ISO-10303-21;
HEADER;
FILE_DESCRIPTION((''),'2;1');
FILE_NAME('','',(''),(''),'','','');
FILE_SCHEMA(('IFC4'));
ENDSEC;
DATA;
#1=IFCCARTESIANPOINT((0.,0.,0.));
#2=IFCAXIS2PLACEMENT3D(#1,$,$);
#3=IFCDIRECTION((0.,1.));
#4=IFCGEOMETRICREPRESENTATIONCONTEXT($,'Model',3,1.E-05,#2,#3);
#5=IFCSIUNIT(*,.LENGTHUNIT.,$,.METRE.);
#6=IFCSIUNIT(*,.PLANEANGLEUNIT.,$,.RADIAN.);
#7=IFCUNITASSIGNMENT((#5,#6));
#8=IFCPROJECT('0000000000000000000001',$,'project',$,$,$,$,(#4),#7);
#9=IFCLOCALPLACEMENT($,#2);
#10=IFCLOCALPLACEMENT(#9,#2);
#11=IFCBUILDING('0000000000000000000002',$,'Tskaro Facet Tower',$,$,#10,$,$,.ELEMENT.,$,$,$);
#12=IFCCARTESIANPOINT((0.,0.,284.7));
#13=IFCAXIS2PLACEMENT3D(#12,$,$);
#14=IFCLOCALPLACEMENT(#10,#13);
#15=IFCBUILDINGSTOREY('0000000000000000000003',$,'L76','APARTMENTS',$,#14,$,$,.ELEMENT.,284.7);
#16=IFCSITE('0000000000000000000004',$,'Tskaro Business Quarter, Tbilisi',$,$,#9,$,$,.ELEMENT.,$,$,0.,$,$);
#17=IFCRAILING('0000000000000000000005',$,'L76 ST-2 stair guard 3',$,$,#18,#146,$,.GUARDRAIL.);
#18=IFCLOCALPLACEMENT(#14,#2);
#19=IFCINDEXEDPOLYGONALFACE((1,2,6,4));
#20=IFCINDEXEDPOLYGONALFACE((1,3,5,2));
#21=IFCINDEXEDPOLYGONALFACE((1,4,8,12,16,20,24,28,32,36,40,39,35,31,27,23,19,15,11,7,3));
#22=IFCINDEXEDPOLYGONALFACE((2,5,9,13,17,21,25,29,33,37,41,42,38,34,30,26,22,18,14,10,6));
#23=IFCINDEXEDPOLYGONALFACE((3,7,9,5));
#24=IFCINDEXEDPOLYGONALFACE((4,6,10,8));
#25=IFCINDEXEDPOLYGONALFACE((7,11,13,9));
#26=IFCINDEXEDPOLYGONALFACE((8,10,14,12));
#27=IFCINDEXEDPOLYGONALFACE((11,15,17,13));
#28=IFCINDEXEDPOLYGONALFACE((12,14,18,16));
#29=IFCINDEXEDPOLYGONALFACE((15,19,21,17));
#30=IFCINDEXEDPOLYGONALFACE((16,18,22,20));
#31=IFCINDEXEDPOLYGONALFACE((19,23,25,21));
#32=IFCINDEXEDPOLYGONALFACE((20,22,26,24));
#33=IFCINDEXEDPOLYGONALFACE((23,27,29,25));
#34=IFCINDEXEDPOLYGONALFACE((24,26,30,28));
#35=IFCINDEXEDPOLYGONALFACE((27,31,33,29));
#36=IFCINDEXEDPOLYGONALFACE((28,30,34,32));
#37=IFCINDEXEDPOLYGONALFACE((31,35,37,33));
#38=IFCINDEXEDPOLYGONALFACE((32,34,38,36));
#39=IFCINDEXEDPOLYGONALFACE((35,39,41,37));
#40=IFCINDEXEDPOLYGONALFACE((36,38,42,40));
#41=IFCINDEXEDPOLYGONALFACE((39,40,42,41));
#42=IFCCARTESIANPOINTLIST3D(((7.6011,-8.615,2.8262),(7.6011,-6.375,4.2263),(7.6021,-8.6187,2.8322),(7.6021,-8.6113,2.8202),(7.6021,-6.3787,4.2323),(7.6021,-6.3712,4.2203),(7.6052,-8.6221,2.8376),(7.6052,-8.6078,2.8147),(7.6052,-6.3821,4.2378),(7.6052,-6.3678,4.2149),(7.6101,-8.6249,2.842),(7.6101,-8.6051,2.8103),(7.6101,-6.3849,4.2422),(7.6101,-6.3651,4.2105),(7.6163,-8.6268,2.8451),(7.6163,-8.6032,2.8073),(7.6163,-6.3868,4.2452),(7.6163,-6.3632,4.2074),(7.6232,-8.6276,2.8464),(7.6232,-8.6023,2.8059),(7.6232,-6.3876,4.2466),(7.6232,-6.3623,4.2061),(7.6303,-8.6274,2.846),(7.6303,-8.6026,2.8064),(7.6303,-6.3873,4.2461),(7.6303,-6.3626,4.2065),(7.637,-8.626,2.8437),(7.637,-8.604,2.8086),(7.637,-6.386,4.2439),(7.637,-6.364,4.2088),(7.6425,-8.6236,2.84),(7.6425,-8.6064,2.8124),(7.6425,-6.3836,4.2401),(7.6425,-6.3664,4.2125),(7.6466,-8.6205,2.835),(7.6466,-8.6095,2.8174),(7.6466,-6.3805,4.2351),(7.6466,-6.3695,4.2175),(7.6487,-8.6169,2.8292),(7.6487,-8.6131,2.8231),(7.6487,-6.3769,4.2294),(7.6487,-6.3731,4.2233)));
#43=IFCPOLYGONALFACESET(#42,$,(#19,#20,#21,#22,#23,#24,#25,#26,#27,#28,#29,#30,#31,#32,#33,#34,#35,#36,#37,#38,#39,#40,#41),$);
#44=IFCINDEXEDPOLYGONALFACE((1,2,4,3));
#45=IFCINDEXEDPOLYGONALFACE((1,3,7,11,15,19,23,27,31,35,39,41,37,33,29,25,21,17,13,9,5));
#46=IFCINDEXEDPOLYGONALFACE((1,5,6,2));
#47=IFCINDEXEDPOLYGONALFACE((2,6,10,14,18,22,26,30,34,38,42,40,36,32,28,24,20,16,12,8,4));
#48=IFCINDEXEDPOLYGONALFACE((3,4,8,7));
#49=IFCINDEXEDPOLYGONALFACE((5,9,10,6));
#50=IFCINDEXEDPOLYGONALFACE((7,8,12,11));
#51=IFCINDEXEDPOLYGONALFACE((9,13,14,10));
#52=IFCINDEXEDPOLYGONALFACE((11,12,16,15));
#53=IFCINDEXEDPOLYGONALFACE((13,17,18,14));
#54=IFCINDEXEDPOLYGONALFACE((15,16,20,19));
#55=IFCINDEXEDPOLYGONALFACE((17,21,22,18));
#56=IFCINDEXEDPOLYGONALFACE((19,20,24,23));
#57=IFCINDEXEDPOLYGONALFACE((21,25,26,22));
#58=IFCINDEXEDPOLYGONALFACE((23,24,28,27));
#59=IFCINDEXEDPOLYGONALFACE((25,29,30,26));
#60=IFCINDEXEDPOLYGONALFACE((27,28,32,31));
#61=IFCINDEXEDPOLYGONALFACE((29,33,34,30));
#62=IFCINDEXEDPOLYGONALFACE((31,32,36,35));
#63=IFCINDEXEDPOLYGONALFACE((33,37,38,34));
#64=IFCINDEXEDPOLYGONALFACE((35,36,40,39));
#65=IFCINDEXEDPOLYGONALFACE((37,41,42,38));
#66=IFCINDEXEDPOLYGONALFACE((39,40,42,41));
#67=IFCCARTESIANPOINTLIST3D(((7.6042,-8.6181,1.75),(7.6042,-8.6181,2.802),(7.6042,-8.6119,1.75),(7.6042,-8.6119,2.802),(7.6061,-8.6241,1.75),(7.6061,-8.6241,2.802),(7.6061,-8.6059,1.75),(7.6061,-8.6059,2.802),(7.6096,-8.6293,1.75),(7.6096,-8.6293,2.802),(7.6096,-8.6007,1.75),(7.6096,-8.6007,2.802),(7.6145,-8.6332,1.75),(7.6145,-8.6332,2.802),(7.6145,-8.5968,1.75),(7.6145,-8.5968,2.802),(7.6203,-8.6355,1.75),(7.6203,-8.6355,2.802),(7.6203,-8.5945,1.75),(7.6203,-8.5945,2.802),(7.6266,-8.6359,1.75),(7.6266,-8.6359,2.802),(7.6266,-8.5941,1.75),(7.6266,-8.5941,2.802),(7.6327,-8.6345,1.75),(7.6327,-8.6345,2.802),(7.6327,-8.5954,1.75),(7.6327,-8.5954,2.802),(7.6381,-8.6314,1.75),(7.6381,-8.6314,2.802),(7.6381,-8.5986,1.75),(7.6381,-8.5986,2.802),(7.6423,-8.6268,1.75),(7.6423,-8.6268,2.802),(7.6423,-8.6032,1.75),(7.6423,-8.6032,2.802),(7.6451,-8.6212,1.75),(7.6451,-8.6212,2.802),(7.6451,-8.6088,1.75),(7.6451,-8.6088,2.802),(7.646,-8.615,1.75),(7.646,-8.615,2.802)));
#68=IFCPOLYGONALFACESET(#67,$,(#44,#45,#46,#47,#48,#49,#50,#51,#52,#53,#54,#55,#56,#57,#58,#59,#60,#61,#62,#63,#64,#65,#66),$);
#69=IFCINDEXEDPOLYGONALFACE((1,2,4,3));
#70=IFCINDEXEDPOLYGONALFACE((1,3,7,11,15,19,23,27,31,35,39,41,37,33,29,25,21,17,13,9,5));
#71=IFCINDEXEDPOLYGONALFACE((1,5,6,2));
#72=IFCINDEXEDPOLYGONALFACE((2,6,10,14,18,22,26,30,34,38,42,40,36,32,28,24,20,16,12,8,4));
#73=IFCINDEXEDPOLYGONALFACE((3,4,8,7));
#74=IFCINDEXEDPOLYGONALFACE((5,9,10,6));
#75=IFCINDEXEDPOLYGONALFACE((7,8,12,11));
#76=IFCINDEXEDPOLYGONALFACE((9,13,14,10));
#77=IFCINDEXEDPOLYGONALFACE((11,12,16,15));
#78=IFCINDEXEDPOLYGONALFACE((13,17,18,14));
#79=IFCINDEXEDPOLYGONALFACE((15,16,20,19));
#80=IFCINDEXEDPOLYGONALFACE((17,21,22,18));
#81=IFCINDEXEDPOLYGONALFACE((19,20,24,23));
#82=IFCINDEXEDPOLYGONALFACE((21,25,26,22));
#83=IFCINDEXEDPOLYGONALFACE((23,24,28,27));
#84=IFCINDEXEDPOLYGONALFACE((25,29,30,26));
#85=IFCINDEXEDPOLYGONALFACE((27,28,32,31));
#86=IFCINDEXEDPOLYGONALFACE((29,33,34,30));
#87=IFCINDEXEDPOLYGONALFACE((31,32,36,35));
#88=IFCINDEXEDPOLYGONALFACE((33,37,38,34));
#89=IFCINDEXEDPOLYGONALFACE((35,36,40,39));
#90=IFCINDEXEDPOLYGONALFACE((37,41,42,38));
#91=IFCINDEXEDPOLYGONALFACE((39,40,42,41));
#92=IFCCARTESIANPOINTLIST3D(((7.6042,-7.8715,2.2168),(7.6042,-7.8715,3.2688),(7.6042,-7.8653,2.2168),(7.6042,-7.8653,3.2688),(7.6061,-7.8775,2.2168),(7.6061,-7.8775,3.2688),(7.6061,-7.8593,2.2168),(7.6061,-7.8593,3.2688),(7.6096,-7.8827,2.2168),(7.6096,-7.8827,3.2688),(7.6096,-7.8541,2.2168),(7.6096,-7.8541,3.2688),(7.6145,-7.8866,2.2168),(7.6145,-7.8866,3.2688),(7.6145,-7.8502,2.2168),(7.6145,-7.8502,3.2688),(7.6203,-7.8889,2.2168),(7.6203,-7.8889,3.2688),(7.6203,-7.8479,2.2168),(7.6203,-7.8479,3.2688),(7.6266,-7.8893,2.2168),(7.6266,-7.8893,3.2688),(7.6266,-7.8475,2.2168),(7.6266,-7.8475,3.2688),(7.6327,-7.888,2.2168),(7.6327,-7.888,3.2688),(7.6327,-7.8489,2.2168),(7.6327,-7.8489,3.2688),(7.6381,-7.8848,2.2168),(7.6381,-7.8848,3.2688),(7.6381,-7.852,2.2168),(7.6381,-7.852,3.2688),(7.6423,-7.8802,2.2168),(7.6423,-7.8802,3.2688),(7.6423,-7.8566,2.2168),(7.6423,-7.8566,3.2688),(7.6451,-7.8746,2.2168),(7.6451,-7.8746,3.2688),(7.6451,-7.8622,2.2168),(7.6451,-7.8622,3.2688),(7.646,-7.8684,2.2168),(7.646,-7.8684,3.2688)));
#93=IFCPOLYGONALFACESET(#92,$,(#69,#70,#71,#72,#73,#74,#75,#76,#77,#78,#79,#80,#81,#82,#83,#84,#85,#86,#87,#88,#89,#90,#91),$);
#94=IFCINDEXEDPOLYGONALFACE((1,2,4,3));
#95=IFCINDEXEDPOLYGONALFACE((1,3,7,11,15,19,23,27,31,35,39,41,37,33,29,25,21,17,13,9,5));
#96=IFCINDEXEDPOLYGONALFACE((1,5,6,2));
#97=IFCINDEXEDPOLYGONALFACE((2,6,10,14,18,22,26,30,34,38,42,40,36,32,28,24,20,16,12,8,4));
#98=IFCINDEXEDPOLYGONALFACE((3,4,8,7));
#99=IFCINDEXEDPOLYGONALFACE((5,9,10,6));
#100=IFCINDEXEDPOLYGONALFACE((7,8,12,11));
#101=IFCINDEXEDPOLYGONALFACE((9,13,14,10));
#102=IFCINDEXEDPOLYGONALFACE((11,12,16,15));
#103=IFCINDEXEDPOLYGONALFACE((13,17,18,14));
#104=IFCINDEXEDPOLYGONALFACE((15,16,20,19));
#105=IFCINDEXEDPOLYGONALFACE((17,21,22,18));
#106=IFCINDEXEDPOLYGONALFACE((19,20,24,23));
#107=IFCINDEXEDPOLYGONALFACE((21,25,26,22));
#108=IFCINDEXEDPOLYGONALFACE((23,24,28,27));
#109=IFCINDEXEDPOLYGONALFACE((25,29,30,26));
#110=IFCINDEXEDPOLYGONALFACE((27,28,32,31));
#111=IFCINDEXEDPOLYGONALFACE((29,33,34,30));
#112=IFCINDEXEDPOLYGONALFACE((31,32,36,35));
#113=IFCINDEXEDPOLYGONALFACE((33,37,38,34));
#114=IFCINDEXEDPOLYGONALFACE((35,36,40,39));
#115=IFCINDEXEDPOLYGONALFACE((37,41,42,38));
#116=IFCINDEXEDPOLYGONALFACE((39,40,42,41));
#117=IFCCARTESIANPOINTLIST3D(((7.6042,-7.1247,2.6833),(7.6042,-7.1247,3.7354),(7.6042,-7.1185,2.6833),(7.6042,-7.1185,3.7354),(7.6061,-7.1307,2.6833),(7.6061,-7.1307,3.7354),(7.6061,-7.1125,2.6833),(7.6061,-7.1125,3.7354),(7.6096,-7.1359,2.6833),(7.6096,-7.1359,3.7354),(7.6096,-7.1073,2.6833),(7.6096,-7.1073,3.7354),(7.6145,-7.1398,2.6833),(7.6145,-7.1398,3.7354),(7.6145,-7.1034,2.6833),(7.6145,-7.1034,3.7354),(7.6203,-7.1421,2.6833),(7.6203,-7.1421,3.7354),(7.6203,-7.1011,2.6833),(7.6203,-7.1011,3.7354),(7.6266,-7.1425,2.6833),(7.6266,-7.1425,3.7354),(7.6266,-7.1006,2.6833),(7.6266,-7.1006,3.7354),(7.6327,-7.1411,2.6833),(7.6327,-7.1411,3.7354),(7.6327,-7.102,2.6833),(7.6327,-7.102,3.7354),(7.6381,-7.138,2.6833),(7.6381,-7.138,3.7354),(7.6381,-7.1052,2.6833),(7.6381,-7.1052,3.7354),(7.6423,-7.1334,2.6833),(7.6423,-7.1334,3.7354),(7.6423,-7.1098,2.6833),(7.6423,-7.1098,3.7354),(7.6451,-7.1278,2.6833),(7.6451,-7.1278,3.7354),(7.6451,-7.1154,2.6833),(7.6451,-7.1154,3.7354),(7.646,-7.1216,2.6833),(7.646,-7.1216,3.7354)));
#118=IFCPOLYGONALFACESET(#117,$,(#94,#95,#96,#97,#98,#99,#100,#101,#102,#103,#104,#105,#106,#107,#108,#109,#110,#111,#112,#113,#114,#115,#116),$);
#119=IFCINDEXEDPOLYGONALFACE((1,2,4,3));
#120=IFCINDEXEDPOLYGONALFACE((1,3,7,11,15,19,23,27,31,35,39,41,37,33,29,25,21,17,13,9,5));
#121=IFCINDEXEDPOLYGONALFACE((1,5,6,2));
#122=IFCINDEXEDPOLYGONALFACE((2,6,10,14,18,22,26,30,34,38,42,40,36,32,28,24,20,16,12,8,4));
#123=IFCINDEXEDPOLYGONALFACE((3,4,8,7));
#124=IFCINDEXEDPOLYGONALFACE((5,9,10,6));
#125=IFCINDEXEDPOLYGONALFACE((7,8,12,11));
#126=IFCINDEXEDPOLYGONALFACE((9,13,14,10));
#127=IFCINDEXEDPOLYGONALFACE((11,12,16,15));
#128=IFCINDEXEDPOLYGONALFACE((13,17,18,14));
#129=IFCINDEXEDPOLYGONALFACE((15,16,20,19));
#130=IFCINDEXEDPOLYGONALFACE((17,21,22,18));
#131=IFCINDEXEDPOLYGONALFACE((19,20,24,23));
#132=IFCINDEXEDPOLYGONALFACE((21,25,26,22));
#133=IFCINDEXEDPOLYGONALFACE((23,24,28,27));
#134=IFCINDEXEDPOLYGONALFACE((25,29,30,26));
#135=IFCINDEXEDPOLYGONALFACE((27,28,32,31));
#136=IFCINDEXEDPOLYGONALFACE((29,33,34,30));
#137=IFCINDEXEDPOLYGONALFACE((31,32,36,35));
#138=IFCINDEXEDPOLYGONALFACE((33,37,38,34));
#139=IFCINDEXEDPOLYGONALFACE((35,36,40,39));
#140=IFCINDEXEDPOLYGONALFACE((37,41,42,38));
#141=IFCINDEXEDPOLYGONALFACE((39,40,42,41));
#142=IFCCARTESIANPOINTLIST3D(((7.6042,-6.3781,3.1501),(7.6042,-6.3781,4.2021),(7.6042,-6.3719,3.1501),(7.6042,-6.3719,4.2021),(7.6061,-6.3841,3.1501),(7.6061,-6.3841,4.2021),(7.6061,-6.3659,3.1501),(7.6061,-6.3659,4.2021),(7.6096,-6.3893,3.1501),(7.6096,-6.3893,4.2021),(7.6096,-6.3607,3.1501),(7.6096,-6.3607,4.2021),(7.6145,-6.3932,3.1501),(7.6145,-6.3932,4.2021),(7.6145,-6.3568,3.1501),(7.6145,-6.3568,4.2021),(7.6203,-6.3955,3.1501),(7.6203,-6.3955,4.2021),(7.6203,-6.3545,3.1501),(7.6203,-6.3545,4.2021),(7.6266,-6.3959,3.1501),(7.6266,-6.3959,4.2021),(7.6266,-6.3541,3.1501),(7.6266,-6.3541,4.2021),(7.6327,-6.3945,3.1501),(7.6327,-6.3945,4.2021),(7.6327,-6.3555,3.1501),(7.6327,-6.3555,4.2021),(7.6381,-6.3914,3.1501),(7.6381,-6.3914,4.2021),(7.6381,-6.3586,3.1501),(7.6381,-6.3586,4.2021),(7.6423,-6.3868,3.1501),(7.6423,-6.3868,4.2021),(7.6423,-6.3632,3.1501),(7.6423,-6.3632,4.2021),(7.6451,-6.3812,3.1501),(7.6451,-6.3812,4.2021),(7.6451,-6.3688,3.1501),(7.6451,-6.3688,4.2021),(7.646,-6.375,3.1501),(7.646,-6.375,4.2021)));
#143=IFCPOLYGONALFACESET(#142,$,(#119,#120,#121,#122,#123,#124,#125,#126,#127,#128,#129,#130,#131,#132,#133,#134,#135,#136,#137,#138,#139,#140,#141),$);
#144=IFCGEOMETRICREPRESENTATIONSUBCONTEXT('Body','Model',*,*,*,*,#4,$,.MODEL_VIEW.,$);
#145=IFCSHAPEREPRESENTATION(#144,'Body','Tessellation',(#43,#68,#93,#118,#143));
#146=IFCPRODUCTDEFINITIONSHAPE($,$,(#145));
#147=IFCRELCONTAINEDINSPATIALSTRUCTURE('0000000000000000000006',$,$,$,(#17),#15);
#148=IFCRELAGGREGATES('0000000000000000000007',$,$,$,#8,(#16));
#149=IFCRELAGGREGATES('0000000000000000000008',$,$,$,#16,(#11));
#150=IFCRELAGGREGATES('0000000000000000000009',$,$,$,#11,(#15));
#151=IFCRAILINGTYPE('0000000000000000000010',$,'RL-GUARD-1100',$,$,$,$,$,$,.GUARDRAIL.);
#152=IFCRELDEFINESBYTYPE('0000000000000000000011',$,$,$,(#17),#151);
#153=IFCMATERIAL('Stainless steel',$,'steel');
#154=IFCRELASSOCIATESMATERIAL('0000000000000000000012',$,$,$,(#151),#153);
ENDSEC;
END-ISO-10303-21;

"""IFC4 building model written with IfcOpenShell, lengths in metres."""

from ifc_helpers import new_model, si_unit, direction, frame, origin, origin_2d, place, context, subcontext, project, spatial, circle, extrude, material, type_object, element, save


model = new_model("IFC4")

# Units and contexts
model_context = context("Model", 3, precision=1e-05, world=origin(), true_north=direction((0.0, 1.0)))
body_context = subcontext(model_context, "Body", "Model", "MODEL_VIEW")
ifc_project = project(units=[si_unit("LENGTHUNIT", "METRE"), si_unit("PLANEANGLEUNIT", "RADIAN")], contexts=[model_context])

# Site, building, storey
site_placement = place(None, origin())
site = spatial("IfcSite", under=ifc_project, at=site_placement, Name="Tskaro Business Quarter, Tbilisi", CompositionType="ELEMENT", RefElevation=0.0)
building_placement = place(site_placement, origin())
building = spatial("IfcBuilding", under=site, at=building_placement, Name="Tskaro Facet Tower", CompositionType="ELEMENT")
storey_placement = place(building_placement, frame((0.0, 0.0, 284.7)))
storey = spatial("IfcBuildingStorey", under=building, at=storey_placement, Name="L76", Description="APARTMENTS", CompositionType="ELEMENT", Elevation=284.7)

# Railing
ifc_material_1 = material(Name="Stainless steel", Category="steel")
railing_type_1 = type_object("IfcRailingType", Name="RL-GUARD-1100", PredefinedType="GUARDRAIL", material=ifc_material_1)
railing_1_placement = place(storey_placement, frame((7.625, -8.615, 1.75)))
element("IfcRailing", 1, at=railing_1_placement, inside=storey, type_object=railing_type_1, Name="L76 ST-2 stair guard 3", PredefinedType="GUARDRAIL", context=body_context, shape_type="SweptSolid", body=[
    extrude(circle(Radius=0.0239, at=origin_2d()), frame((0.0, 0.0, 1.0762), z_axis=(0.0, 0.847972, 0.53004), x_axis=(-1.0, 0.0, 0.0)), (0.0, 0.0, 1.0), 2.6416),
    extrude(circle(Radius=0.021, at=origin_2d()), origin(), (0.0, 0.0, 1.0), 1.052),
    extrude(circle(Radius=0.021, at=origin_2d()), frame((0.0, 0.7466, 0.4668)), (0.0, 0.0, 1.0), 1.052),
    extrude(circle(Radius=0.021, at=origin_2d()), frame((0.0, 1.4934, 0.9333)), (0.0, 0.0, 1.0), 1.052),
    extrude(circle(Radius=0.021, at=origin_2d()), frame((0.0, 2.24, 1.4001)), (0.0, 0.0, 1.0), 1.052),
])

save(model, "model.ifc")
